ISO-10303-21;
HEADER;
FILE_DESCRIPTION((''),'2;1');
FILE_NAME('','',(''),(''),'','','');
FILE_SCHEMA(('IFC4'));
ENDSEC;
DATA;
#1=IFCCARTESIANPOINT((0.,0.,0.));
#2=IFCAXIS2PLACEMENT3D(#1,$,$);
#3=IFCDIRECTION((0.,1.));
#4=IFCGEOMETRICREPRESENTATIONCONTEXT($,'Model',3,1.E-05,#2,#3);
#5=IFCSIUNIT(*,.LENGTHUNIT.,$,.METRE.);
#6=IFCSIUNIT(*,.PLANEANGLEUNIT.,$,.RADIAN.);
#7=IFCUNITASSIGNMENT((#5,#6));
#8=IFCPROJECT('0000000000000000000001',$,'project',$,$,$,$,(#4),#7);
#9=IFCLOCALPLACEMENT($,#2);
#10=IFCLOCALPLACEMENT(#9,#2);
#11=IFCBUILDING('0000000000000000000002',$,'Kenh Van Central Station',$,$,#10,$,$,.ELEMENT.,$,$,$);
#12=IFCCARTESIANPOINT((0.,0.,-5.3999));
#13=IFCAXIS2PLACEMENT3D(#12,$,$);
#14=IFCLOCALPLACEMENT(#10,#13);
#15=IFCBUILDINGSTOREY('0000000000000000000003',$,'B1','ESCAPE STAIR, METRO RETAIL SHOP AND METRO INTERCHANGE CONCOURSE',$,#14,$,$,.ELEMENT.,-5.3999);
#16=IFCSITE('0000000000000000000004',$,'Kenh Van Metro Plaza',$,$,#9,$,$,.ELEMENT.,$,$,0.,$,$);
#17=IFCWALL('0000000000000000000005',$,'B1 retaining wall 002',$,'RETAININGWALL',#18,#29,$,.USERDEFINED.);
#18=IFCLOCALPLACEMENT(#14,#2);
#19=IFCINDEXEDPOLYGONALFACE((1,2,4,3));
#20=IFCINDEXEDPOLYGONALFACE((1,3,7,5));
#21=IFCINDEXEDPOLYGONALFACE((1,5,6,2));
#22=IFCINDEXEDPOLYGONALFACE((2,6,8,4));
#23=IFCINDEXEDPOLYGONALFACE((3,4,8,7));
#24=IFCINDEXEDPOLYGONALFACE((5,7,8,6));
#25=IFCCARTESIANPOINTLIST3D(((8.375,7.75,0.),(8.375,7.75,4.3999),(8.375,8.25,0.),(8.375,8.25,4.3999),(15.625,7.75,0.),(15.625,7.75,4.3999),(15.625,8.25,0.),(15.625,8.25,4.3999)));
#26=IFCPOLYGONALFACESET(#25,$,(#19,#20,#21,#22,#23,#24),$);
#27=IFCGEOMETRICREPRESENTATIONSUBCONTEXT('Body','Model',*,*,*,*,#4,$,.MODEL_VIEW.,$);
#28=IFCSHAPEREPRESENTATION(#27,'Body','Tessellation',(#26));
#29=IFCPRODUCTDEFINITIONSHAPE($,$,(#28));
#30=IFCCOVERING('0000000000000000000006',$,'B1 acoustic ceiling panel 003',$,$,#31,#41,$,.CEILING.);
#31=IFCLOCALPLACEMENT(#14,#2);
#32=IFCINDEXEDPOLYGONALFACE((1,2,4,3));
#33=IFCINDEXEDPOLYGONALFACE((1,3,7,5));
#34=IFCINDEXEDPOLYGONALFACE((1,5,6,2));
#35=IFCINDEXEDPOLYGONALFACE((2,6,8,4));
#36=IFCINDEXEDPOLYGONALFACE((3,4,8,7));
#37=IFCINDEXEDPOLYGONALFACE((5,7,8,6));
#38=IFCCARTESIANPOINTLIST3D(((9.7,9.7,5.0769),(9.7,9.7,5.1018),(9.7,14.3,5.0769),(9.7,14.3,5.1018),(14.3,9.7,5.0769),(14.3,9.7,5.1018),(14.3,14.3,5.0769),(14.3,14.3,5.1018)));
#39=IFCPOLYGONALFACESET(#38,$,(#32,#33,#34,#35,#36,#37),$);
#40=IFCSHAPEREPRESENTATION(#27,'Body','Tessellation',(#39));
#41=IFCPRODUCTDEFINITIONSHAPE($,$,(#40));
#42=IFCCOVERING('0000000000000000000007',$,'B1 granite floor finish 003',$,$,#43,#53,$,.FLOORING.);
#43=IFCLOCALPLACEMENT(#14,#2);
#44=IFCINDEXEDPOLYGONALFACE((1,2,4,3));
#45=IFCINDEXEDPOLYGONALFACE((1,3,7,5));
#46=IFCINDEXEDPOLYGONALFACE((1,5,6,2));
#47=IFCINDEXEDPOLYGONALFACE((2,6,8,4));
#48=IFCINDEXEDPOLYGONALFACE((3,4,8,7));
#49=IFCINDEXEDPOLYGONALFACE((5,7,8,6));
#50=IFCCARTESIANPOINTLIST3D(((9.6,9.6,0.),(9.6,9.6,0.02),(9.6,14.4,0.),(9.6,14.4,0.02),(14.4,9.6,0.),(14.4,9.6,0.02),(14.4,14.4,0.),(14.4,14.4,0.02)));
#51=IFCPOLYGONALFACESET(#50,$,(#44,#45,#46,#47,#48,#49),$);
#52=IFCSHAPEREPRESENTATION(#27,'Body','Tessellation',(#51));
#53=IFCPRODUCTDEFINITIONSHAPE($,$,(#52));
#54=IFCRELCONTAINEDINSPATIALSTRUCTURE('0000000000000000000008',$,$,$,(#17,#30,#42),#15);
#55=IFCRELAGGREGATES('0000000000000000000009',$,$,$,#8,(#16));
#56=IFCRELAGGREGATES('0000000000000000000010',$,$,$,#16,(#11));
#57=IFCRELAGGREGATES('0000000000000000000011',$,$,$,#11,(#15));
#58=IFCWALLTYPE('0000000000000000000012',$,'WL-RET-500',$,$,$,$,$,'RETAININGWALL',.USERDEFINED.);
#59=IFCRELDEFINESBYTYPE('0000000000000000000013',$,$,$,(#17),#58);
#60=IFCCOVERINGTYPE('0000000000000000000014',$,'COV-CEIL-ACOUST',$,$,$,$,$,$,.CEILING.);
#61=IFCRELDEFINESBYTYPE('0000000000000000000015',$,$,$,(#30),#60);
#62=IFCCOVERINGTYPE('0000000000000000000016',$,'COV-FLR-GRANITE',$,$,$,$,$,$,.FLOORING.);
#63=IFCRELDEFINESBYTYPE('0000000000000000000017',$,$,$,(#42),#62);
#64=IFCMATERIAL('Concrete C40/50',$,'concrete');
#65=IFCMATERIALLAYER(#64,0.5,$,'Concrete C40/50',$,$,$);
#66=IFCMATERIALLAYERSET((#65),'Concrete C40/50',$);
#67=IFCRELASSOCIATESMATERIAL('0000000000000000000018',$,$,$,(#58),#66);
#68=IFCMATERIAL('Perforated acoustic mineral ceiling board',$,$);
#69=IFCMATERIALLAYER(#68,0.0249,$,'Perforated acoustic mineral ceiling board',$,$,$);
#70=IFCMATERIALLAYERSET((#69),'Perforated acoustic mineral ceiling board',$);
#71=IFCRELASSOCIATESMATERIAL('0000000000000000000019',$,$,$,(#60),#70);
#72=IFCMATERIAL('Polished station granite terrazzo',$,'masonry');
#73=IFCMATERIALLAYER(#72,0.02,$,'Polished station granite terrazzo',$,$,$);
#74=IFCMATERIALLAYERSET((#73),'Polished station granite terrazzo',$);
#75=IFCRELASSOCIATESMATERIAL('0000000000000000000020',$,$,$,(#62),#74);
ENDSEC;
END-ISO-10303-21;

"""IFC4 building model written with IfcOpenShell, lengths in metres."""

from ifc_helpers import new_model, si_unit, direction, frame, frame_2d, origin, origin_2d, place, context, subcontext, project, spatial, rectangle, extrude, material, layer, layer_set, type_object, element, save


model = new_model("IFC4")

# Units and contexts
model_context = context("Model", 3, precision=1e-05, world=origin(), true_north=direction((0.0, 1.0)))
body_context = subcontext(model_context, "Body", "Model", "MODEL_VIEW")
ifc_project = project(units=[si_unit("LENGTHUNIT", "METRE"), si_unit("PLANEANGLEUNIT", "RADIAN")], contexts=[model_context])

# Site, building, storey
site_placement = place(None, origin())
site = spatial("IfcSite", under=ifc_project, at=site_placement, Name="Kenh Van Metro Plaza", CompositionType="ELEMENT", RefElevation=0.0)
building_placement = place(site_placement, origin())
building = spatial("IfcBuilding", under=site, at=building_placement, Name="Kenh Van Central Station", CompositionType="ELEMENT")
storey_placement = place(building_placement, frame((0.0, 0.0, -5.3999)))
storey = spatial("IfcBuildingStorey", under=building, at=storey_placement, Name="B1", Description="ESCAPE STAIR, METRO RETAIL SHOP AND METRO INTERCHANGE CONCOURSE", CompositionType="ELEMENT", Elevation=-5.3999)

# Shared definitions
ifc_material_1 = material(Name="Concrete C40/50", Category="concrete")

# Wall
ifc_layer_1 = layer(ifc_material_1, 0.5, Name="Concrete C40/50")
ifc_layer_set_1 = layer_set([ifc_layer_1], Name="Concrete C40/50")
wall_type_1 = type_object("IfcWallType", Name="WL-RET-500", ElementType="RETAININGWALL", PredefinedType="USERDEFINED", material=ifc_layer_set_1)
wall_1_placement = place(storey_placement, frame((8.375, 8.0, 0.0), z_axis=(0.0, 0.0, 1.0), x_axis=(1.0, 0.0, 0.0)))
element("IfcWall", 1, at=wall_1_placement, inside=storey, type_object=wall_type_1, Name="B1 retaining wall 002", ObjectType="RETAININGWALL", PredefinedType="USERDEFINED", context=body_context, shape_type="SweptSolid", body=[
    extrude(rectangle(XDim=7.25, YDim=0.5, at=frame_2d((3.625, 0.0))), origin(), (0.0, 0.0, 1.0), 4.3999),
])

# Coverings
ifc_material_2 = material(Name="Perforated acoustic mineral ceiling board")
ifc_layer_2 = layer(ifc_material_2, 0.0249, Name="Perforated acoustic mineral ceiling board")
ifc_layer_set_2 = layer_set([ifc_layer_2], Name="Perforated acoustic mineral ceiling board")
covering_type_1 = type_object("IfcCoveringType", Name="COV-CEIL-ACOUST", PredefinedType="CEILING", material=ifc_layer_set_2)
covering_1_placement = place(storey_placement, frame((12.0, 12.0, 5.0769), z_axis=(0.0, 0.0, 1.0), x_axis=(1.0, 0.0, 0.0)))
element("IfcCovering", 2, at=covering_1_placement, inside=storey, type_object=covering_type_1, Name="B1 acoustic ceiling panel 003", PredefinedType="CEILING", context=body_context, shape_type="SweptSolid", body=[
    extrude(rectangle(XDim=4.6001, YDim=4.6001, at=origin_2d()), origin(), (0.0, 0.0, 1.0), 0.0249),
])
ifc_material_3 = material(Name="Polished station granite terrazzo", Category="masonry")
ifc_layer_3 = layer(ifc_material_3, 0.02, Name="Polished station granite terrazzo")
ifc_layer_set_3 = layer_set([ifc_layer_3], Name="Polished station granite terrazzo")
covering_type_2 = type_object("IfcCoveringType", Name="COV-FLR-GRANITE", PredefinedType="FLOORING", material=ifc_layer_set_3)
covering_2_placement = place(storey_placement, frame((12.0, 12.0, 0.0), z_axis=(0.0, 0.0, 1.0), x_axis=(1.0, 0.0, 0.0)))
element("IfcCovering", 3, at=covering_2_placement, inside=storey, type_object=covering_type_2, Name="B1 granite floor finish 003", PredefinedType="FLOORING", context=body_context, shape_type="SweptSolid", body=[
    extrude(rectangle(XDim=4.8, YDim=4.8, at=origin_2d()), origin(), (0.0, 0.0, 1.0), 0.02),
])

save(model, "model.ifc")
